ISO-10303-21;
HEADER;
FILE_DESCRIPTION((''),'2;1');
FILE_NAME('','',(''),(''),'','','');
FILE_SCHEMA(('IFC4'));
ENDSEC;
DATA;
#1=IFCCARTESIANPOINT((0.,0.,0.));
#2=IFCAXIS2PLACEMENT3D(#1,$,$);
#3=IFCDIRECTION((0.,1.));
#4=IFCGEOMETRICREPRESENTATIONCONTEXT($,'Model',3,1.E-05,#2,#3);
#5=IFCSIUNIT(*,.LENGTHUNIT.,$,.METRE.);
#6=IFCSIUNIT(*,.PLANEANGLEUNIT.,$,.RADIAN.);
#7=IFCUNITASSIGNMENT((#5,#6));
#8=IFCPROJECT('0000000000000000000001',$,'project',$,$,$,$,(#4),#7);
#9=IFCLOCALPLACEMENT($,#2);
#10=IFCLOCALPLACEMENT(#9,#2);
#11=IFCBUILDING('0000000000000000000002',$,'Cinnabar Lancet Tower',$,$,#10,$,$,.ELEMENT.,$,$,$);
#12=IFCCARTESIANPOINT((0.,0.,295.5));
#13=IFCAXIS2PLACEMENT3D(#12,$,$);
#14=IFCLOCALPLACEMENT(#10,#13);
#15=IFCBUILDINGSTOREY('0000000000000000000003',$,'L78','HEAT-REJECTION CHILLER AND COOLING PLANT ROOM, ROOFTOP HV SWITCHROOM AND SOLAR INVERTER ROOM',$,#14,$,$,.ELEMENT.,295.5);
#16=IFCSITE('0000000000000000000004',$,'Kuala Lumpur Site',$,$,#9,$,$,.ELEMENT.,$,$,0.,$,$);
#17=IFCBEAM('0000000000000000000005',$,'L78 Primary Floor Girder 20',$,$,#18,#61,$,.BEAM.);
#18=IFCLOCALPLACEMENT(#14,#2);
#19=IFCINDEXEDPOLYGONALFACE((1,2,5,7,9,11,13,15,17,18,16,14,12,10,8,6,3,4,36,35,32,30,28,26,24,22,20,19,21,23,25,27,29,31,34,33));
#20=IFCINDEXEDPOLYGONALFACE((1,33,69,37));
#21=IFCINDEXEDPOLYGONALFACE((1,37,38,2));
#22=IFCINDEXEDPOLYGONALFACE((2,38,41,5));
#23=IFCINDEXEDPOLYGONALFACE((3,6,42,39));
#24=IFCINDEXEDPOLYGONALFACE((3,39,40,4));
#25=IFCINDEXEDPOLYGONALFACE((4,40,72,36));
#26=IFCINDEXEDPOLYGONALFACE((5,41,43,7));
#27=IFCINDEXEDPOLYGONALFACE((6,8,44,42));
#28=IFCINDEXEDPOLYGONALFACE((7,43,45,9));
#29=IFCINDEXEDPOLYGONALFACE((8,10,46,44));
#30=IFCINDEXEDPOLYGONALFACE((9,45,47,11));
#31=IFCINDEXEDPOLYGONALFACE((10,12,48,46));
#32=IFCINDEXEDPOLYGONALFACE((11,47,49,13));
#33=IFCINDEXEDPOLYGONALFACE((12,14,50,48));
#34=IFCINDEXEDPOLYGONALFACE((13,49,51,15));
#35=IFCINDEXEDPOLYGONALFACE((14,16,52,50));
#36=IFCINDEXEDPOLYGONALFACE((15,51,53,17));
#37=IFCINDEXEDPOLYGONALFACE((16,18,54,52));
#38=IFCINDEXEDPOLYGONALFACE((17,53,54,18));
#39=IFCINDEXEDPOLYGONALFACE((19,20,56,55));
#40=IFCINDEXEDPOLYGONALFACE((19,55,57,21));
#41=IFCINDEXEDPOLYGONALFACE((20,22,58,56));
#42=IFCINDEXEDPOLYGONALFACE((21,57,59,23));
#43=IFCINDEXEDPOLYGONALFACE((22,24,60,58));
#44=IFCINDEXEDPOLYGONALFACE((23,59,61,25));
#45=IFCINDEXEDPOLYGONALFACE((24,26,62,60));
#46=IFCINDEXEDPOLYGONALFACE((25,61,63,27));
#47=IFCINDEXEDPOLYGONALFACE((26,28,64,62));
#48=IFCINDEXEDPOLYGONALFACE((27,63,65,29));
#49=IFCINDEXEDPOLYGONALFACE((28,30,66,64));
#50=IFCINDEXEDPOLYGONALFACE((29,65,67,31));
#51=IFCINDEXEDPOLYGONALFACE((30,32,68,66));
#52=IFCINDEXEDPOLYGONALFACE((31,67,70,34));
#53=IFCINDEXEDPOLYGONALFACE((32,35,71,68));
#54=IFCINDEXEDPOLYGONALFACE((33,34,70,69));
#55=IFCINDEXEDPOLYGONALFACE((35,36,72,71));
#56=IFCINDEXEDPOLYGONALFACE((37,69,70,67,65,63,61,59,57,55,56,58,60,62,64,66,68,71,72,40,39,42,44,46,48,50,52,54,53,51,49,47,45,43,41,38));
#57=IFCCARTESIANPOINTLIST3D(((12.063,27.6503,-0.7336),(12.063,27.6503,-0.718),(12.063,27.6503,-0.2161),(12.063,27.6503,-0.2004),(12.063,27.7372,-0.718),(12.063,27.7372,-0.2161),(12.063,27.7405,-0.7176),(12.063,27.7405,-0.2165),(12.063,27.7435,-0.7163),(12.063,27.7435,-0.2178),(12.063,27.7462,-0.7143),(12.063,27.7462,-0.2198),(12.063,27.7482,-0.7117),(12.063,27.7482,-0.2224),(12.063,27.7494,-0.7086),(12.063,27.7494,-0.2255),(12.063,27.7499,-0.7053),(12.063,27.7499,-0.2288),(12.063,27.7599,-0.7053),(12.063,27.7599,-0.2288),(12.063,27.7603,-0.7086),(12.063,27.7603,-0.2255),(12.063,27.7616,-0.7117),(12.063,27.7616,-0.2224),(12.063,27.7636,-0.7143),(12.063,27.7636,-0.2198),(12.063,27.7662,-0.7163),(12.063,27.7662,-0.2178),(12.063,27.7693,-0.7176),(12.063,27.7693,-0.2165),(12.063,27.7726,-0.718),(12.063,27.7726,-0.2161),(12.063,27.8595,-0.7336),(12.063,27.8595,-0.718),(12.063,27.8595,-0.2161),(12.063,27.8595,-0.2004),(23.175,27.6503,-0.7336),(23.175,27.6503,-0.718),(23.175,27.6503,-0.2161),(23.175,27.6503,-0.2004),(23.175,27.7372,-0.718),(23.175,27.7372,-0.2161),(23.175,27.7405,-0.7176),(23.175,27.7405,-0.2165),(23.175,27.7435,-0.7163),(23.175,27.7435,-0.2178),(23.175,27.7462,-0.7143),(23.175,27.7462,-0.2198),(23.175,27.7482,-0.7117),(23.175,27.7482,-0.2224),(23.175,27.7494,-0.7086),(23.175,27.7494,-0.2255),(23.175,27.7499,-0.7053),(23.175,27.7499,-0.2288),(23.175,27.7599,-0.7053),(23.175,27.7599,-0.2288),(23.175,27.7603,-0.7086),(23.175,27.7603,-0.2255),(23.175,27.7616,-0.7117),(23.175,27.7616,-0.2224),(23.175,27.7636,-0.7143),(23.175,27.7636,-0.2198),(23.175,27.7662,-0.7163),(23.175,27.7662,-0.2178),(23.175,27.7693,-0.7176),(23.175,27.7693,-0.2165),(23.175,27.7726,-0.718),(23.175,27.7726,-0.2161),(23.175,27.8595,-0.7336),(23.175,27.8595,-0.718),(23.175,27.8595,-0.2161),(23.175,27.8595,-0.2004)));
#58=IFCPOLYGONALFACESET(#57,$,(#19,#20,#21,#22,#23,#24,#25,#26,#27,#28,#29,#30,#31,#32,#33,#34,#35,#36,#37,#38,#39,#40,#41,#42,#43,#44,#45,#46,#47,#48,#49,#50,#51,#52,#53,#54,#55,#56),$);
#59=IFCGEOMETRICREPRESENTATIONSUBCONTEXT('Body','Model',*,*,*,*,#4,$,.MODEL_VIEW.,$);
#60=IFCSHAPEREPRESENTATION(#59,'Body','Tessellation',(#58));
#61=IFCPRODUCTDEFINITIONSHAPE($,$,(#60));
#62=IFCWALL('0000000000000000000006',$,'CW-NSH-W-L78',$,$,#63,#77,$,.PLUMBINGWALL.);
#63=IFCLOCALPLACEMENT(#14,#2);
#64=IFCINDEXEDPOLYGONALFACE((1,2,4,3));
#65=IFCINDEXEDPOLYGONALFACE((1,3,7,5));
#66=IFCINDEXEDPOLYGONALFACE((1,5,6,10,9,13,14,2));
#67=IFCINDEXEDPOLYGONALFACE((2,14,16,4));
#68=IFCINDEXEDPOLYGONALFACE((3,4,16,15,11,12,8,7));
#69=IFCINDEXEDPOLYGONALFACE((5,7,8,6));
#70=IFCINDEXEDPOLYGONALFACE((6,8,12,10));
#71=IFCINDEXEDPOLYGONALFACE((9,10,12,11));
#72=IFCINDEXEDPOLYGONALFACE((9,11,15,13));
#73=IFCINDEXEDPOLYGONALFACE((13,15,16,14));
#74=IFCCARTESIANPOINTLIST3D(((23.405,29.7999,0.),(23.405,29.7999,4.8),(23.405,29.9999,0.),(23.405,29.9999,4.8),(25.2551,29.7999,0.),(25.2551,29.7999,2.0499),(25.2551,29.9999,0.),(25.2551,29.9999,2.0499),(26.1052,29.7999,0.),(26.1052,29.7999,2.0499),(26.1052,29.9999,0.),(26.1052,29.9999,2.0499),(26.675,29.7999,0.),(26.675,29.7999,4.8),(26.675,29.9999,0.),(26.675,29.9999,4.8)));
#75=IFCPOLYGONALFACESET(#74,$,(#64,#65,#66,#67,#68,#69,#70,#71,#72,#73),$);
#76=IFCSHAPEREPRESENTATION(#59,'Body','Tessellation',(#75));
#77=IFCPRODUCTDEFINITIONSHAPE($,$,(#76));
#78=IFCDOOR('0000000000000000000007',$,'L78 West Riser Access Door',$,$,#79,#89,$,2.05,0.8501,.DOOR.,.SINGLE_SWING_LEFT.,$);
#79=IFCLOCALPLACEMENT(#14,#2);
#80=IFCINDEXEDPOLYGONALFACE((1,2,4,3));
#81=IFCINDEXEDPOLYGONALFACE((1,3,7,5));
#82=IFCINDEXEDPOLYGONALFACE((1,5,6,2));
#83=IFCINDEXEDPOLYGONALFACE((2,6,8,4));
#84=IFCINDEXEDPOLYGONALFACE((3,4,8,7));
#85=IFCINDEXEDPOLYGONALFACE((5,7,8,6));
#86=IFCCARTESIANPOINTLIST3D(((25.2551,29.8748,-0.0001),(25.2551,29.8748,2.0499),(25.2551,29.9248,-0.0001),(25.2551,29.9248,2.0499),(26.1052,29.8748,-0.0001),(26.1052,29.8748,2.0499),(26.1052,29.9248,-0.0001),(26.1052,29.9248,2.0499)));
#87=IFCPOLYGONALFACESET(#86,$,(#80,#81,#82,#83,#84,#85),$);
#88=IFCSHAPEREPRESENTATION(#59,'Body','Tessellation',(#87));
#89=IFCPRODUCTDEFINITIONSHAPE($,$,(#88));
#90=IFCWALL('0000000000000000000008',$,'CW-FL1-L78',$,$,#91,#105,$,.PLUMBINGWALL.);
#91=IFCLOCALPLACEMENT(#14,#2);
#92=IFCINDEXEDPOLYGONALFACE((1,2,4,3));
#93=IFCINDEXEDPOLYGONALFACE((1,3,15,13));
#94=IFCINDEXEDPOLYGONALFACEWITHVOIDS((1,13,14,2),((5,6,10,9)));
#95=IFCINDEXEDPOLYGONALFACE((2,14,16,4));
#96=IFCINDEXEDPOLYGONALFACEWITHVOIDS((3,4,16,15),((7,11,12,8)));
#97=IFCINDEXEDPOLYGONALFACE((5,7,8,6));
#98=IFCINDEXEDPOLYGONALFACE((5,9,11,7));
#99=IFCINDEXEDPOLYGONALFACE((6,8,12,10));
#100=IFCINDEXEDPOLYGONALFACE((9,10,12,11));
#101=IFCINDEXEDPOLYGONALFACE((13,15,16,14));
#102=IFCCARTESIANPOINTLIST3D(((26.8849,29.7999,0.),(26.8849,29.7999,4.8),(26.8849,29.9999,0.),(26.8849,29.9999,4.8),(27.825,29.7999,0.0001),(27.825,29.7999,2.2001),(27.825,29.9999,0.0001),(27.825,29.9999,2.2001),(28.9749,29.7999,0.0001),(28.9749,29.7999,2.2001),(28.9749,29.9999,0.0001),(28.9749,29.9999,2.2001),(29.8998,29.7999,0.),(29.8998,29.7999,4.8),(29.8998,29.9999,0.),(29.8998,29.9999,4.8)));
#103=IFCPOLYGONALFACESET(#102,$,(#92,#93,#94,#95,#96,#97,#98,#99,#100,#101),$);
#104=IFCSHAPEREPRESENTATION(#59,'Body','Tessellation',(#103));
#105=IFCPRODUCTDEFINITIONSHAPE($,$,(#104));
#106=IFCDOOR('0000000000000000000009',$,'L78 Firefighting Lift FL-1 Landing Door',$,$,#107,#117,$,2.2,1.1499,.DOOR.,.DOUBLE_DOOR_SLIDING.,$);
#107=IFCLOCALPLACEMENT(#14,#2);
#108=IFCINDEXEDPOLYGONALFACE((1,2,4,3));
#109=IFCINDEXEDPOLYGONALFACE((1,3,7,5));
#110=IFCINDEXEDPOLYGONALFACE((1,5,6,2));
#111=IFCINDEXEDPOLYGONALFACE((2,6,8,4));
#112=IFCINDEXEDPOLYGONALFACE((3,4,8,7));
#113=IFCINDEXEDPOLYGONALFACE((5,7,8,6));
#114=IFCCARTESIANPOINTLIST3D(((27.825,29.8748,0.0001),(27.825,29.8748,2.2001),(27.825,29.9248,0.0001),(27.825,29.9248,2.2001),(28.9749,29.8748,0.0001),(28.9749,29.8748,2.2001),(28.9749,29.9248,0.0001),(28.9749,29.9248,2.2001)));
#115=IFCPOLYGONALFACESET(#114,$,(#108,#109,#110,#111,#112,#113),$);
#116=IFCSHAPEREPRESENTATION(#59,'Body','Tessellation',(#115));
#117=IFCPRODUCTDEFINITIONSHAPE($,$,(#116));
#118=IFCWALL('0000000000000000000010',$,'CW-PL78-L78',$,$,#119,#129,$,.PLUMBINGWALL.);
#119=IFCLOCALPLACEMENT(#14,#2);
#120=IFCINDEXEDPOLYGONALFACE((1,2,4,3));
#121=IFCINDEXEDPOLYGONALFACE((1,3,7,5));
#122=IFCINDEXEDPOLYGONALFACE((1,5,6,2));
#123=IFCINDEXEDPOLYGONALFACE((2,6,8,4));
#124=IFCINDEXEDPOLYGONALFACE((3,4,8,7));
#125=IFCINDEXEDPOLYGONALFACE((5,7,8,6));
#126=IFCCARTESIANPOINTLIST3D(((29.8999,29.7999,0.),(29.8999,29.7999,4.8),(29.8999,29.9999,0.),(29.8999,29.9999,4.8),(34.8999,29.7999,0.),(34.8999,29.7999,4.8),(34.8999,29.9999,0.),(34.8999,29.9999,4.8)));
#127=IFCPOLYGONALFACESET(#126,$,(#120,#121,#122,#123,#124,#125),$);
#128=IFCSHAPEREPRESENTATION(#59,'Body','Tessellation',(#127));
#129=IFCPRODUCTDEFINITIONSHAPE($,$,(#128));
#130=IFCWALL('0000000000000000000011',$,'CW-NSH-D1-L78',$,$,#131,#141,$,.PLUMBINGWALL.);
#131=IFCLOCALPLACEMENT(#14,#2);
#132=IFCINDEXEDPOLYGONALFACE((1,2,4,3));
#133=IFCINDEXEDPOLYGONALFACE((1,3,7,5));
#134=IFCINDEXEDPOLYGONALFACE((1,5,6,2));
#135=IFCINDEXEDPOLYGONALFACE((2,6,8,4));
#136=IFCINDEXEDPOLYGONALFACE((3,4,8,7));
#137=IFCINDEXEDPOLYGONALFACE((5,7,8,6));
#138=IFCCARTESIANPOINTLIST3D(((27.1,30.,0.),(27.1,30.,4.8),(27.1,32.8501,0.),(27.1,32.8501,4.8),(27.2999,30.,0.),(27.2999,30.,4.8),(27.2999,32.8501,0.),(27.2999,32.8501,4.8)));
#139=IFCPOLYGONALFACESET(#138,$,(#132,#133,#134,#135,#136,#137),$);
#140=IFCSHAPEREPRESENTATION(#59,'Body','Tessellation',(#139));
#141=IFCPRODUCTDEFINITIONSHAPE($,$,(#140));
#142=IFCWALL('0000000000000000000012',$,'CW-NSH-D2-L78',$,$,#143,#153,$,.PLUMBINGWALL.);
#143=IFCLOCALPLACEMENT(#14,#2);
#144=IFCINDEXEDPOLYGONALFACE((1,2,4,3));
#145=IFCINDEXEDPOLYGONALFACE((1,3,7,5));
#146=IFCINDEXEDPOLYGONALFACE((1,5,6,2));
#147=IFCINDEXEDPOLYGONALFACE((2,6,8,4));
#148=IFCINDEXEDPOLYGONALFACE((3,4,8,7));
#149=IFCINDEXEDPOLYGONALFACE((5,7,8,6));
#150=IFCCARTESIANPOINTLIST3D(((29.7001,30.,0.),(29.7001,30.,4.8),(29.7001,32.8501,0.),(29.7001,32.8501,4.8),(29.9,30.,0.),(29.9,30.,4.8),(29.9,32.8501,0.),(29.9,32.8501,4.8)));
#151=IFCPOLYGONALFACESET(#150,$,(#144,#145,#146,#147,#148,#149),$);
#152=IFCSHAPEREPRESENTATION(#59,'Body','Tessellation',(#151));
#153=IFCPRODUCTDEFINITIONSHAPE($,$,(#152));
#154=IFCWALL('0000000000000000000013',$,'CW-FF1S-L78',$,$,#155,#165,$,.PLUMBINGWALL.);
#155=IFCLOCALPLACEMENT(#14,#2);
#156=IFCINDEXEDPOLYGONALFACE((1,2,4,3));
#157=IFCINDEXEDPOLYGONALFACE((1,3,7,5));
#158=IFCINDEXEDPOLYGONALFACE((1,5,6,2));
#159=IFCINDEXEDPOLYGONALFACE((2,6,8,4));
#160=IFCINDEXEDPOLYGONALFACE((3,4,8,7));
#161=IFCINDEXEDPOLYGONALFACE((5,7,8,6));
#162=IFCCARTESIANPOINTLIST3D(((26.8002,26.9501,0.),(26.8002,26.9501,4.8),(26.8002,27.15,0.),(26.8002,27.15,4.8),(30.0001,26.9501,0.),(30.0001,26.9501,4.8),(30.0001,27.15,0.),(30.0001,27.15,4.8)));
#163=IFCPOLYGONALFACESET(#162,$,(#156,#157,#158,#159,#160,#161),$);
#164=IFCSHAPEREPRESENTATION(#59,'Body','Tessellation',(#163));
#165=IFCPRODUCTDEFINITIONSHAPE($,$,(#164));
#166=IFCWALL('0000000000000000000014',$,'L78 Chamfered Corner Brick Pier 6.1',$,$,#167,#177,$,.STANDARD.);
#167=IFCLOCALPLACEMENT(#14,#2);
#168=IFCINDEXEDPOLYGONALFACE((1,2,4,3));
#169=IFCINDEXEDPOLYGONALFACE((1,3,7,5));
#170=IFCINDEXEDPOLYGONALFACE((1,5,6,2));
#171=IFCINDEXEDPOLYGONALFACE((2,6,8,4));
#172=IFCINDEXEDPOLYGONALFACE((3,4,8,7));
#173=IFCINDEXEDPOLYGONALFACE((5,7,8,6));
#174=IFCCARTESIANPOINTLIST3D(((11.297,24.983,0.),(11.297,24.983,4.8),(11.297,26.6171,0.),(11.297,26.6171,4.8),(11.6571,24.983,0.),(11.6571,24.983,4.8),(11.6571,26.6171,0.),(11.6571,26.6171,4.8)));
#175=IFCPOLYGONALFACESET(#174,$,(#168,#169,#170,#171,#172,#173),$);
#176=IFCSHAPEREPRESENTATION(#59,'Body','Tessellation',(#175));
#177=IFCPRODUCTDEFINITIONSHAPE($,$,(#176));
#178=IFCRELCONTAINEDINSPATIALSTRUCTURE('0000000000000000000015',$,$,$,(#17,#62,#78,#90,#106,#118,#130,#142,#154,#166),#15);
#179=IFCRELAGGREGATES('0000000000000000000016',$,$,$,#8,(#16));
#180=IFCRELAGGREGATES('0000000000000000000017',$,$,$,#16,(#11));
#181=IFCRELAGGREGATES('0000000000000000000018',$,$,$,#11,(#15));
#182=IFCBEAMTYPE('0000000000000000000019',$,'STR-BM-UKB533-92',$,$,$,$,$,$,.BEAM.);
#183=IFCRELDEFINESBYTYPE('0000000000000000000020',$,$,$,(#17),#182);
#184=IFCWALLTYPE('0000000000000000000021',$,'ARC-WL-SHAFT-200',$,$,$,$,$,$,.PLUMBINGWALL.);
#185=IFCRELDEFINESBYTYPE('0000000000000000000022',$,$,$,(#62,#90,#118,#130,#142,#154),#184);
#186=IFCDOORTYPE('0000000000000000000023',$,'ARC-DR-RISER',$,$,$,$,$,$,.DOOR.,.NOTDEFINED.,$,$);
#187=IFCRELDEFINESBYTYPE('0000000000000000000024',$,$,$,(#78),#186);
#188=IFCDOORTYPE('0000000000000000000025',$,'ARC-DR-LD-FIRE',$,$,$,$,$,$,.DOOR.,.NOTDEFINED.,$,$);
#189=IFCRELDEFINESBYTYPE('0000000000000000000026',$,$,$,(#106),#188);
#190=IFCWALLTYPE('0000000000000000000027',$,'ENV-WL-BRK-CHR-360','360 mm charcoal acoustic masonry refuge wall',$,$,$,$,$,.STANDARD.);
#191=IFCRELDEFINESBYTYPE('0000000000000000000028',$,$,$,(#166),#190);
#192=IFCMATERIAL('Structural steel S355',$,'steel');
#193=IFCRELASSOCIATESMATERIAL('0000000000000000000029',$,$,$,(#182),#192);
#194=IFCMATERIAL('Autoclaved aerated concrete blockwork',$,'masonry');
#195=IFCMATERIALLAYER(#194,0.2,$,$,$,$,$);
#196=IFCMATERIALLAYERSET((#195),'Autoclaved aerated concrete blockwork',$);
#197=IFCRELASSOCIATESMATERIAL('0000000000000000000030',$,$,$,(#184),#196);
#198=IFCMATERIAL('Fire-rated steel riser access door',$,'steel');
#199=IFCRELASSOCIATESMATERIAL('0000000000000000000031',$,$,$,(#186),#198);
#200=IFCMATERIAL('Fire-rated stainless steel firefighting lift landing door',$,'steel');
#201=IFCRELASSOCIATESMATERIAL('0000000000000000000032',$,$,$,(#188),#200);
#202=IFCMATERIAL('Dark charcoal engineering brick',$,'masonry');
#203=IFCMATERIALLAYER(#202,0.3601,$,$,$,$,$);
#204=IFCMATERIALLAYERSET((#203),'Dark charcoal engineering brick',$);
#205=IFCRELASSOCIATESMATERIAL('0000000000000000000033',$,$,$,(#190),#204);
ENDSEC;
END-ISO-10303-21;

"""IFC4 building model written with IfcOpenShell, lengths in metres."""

from ifc_helpers import new_model, si_unit, direction, frame, frame_2d, origin, origin_2d, place, context, subcontext, project, spatial, rectangle, i_section, extrude, material, layer, layer_set, material_profile, profile_set, type_object, element, fill, save


model = new_model("IFC4")

# Units and contexts
model_context = context("Model", 3, precision=1e-05, world=origin(), true_north=direction((0.0, 1.0)))
body_context = subcontext(model_context, "Body", "Model", "MODEL_VIEW")
ifc_project = project(units=[si_unit("LENGTHUNIT", "METRE"), si_unit("PLANEANGLEUNIT", "RADIAN")], contexts=[model_context])

# Site, building, storey
site_placement = place(None, origin())
site = spatial("IfcSite", under=ifc_project, at=site_placement, Name="Kuala Lumpur Site", CompositionType="ELEMENT", RefElevation=0.0)
building_placement = place(site_placement, origin())
building = spatial("IfcBuilding", under=site, at=building_placement, Name="Cinnabar Lancet Tower", CompositionType="ELEMENT")
storey_placement = place(building_placement, frame((0.0, 0.0, 295.5)))
storey = spatial("IfcBuildingStorey", under=building, at=storey_placement, Name="L78", Description="HEAT-REJECTION CHILLER AND COOLING PLANT ROOM, ROOFTOP HV SWITCHROOM AND SOLAR INVERTER ROOM", CompositionType="ELEMENT", Elevation=295.5)

# Beam
ifc_material_1 = material(Name="Structural steel S355", Category="steel")
ifc_material_profile_1 = material_profile(ifc_material_1, i_section(OverallWidth=0.2092, OverallDepth=0.5332, WebThickness=0.01, FlangeThickness=0.0156, FilletRadius=0.0127, at=origin_2d()), Name="UKB 533x210x92")
ifc_profile_set_1 = profile_set([ifc_material_profile_1], Name="Structural steel S355")
beam_type_1 = type_object("IfcBeamType", Name="STR-BM-UKB533-92", PredefinedType="BEAM", material=ifc_profile_set_1)
beam_1_placement = place(storey_placement, frame((12.063, 27.7549, -0.467), z_axis=(1.0, 0.0, 0.0), x_axis=(0.0, 1.0, 0.0)))
element("IfcBeam", 1, at=beam_1_placement, inside=storey, type_object=beam_type_1, Name="L78 Primary Floor Girder 20", PredefinedType="BEAM", context=body_context, shape_type="SweptSolid", body=[
    extrude(i_section(OverallWidth=0.2092, OverallDepth=0.5332, WebThickness=0.01, FlangeThickness=0.0156, FilletRadius=0.0127, at=origin_2d()), origin(), (0.0, 0.0, 1.0), 11.1121),
])

# Walls, openings, doors
ifc_material_2 = material(Name="Autoclaved aerated concrete blockwork", Category="masonry")
ifc_layer_1 = layer(ifc_material_2, 0.2)
ifc_layer_set_1 = layer_set([ifc_layer_1], Name="Autoclaved aerated concrete blockwork")
wall_type_1 = type_object("IfcWallType", Name="ARC-WL-SHAFT-200", PredefinedType="PLUMBINGWALL", material=ifc_layer_set_1)
wall_1_placement = place(storey_placement, frame((23.405, 29.8999, 0.0), z_axis=(0.0, 0.0, 1.0), x_axis=(1.0, 0.0, 0.0)))
wall_1 = element("IfcWall", 2, at=wall_1_placement, inside=storey, type_object=wall_type_1, Name="CW-NSH-W-L78", PredefinedType="PLUMBINGWALL", context=body_context, shape_type="SweptSolid", body=[
    extrude(rectangle(XDim=3.27, YDim=0.2, at=frame_2d((1.635, 0.0))), origin(), (0.0, 0.0, 1.0), 4.8),
])
opening_1_placement = place(wall_1_placement, frame((1.8501, 0.0, 0.0)))
opening_1 = element("IfcOpeningElement", 3, at=opening_1_placement, cuts=wall_1, PredefinedType="OPENING", context=body_context, shape_type="SweptSolid", body=[
    extrude(rectangle(XDim=0.8501, YDim=2.05, at=frame_2d((0.425, 1.0249))), frame((0.0, 0.1099, 0.0), z_axis=(0.0, -1.0, 0.0), x_axis=(1.0, 0.0, 0.0)), (0.0, 0.0, 1.0), 0.22),
])
ifc_material_3 = material(Name="Fire-rated steel riser access door", Category="steel")
door_type_1 = type_object("IfcDoorType", Name="ARC-DR-RISER", OperationType="NOTDEFINED", PredefinedType="DOOR", material=ifc_material_3)
door_1_placement = place(opening_1_placement, origin())
door_1 = element("IfcDoor", 4, at=door_1_placement, inside=storey, type_object=door_type_1, Name="L78 West Riser Access Door", OperationType="SINGLE_SWING_LEFT", OverallHeight=2.05, OverallWidth=0.8501, PredefinedType="DOOR", context=body_context, shape_type="SweptSolid", body=[
    extrude(rectangle(XDim=0.8501, YDim=2.05, at=frame_2d((0.425, 1.0249))), frame((0.0, 0.0249, 0.0), z_axis=(0.0, -1.0, 0.0), x_axis=(1.0, 0.0, 0.0)), (0.0, 0.0, 1.0), 0.05),
])
fill(opening_1, door_1)
wall_2_placement = place(storey_placement, frame((26.885, 29.8999, 0.0), z_axis=(0.0, 0.0, 1.0), x_axis=(1.0, 0.0, 0.0)))
wall_2 = element("IfcWall", 5, at=wall_2_placement, inside=storey, type_object=wall_type_1, Name="CW-FL1-L78", PredefinedType="PLUMBINGWALL", context=body_context, shape_type="SweptSolid", body=[
    extrude(rectangle(XDim=3.0149, YDim=0.2, at=frame_2d((1.5073, 0.0))), origin(), (0.0, 0.0, 1.0), 4.8),
])
opening_2_placement = place(wall_2_placement, frame((0.9399, 0.0, 0.0)))
opening_2 = element("IfcOpeningElement", 6, at=opening_2_placement, cuts=wall_2, PredefinedType="OPENING", context=body_context, shape_type="SweptSolid", body=[
    extrude(rectangle(XDim=1.1499, YDim=2.2, at=frame_2d((0.575, 1.1001))), frame((0.0, 0.1099, 0.0), z_axis=(0.0, -1.0, 0.0), x_axis=(1.0, 0.0, 0.0)), (0.0, 0.0, 1.0), 0.22),
])
ifc_material_4 = material(Name="Fire-rated stainless steel firefighting lift landing door", Category="steel")
door_type_2 = type_object("IfcDoorType", Name="ARC-DR-LD-FIRE", OperationType="NOTDEFINED", PredefinedType="DOOR", material=ifc_material_4)
door_2_placement = place(opening_2_placement, origin())
door_2 = element("IfcDoor", 7, at=door_2_placement, inside=storey, type_object=door_type_2, Name="L78 Firefighting Lift FL-1 Landing Door", OperationType="DOUBLE_DOOR_SLIDING", OverallHeight=2.2, OverallWidth=1.1499, PredefinedType="DOOR", context=body_context, shape_type="SweptSolid", body=[
    extrude(rectangle(XDim=1.1499, YDim=2.2, at=frame_2d((0.575, 1.1001))), frame((0.0, 0.0249, 0.0), z_axis=(0.0, -1.0, 0.0), x_axis=(1.0, 0.0, 0.0)), (0.0, 0.0, 1.0), 0.05),
])
fill(opening_2, door_2)

# Walls
wall_3_placement = place(storey_placement, frame((29.8999, 29.8999, 0.0), z_axis=(0.0, 0.0, 1.0), x_axis=(1.0, 0.0, 0.0)))
element("IfcWall", 8, at=wall_3_placement, inside=storey, type_object=wall_type_1, Name="CW-PL78-L78", PredefinedType="PLUMBINGWALL", context=body_context, shape_type="SweptSolid", body=[
    extrude(rectangle(XDim=5.0, YDim=0.2, at=frame_2d((2.5, 0.0))), origin(), (0.0, 0.0, 1.0), 4.8),
])
for number, where, z_axis, x_axis, name in (
    (9, (27.2, 30.0, 0.0), (0.0, 0.0, 1.0), (0.0, 1.0, 0.0), "CW-NSH-D1-L78"),
    (10, (29.8, 30.0, 0.0), (0.0, 0.0, 1.0), (0.0, 1.0, 0.0), "CW-NSH-D2-L78"),
):
    element("IfcWall", number, at=place(storey_placement, frame(where, z_axis=z_axis, x_axis=x_axis)), inside=storey, type_object=wall_type_1, Name=name, PredefinedType="PLUMBINGWALL", context=body_context, shape_type="SweptSolid", body=[
        extrude(rectangle(XDim=2.8501, YDim=0.2, at=frame_2d((1.425, 0.0))), origin(), (0.0, 0.0, 1.0), 4.8),
    ])
wall_4_placement = place(storey_placement, frame((26.8, 27.05, 0.0), z_axis=(0.0, 0.0, 1.0), x_axis=(1.0, 0.0, 0.0)))
element("IfcWall", 11, at=wall_4_placement, inside=storey, type_object=wall_type_1, Name="CW-FF1S-L78", PredefinedType="PLUMBINGWALL", context=body_context, shape_type="SweptSolid", body=[
    extrude(rectangle(XDim=3.2, YDim=0.2, at=frame_2d((1.6001, 0.0))), origin(), (0.0, 0.0, 1.0), 4.8),
])
ifc_material_5 = material(Name="Dark charcoal engineering brick", Category="masonry")
ifc_layer_2 = layer(ifc_material_5, 0.3601)
ifc_layer_set_2 = layer_set([ifc_layer_2], Name="Dark charcoal engineering brick")
wall_type_2 = type_object("IfcWallType", Name="ENV-WL-BRK-CHR-360", Description="360 mm charcoal acoustic masonry refuge wall", PredefinedType="STANDARD", material=ifc_layer_set_2)
wall_5_placement = place(storey_placement, frame((11.4771, 26.6169, 0.0), z_axis=(0.0, 0.0, 1.0), x_axis=(0.0, -1.0, 0.0)))
element("IfcWall", 12, at=wall_5_placement, inside=storey, type_object=wall_type_2, Name="L78 Chamfered Corner Brick Pier 6.1", PredefinedType="STANDARD", context=body_context, shape_type="SweptSolid", body=[
    extrude(rectangle(XDim=1.634, YDim=0.3601, at=frame_2d((0.8169, 0.0))), origin(), (0.0, 0.0, 1.0), 4.8),
])

save(model, "model.ifc")
